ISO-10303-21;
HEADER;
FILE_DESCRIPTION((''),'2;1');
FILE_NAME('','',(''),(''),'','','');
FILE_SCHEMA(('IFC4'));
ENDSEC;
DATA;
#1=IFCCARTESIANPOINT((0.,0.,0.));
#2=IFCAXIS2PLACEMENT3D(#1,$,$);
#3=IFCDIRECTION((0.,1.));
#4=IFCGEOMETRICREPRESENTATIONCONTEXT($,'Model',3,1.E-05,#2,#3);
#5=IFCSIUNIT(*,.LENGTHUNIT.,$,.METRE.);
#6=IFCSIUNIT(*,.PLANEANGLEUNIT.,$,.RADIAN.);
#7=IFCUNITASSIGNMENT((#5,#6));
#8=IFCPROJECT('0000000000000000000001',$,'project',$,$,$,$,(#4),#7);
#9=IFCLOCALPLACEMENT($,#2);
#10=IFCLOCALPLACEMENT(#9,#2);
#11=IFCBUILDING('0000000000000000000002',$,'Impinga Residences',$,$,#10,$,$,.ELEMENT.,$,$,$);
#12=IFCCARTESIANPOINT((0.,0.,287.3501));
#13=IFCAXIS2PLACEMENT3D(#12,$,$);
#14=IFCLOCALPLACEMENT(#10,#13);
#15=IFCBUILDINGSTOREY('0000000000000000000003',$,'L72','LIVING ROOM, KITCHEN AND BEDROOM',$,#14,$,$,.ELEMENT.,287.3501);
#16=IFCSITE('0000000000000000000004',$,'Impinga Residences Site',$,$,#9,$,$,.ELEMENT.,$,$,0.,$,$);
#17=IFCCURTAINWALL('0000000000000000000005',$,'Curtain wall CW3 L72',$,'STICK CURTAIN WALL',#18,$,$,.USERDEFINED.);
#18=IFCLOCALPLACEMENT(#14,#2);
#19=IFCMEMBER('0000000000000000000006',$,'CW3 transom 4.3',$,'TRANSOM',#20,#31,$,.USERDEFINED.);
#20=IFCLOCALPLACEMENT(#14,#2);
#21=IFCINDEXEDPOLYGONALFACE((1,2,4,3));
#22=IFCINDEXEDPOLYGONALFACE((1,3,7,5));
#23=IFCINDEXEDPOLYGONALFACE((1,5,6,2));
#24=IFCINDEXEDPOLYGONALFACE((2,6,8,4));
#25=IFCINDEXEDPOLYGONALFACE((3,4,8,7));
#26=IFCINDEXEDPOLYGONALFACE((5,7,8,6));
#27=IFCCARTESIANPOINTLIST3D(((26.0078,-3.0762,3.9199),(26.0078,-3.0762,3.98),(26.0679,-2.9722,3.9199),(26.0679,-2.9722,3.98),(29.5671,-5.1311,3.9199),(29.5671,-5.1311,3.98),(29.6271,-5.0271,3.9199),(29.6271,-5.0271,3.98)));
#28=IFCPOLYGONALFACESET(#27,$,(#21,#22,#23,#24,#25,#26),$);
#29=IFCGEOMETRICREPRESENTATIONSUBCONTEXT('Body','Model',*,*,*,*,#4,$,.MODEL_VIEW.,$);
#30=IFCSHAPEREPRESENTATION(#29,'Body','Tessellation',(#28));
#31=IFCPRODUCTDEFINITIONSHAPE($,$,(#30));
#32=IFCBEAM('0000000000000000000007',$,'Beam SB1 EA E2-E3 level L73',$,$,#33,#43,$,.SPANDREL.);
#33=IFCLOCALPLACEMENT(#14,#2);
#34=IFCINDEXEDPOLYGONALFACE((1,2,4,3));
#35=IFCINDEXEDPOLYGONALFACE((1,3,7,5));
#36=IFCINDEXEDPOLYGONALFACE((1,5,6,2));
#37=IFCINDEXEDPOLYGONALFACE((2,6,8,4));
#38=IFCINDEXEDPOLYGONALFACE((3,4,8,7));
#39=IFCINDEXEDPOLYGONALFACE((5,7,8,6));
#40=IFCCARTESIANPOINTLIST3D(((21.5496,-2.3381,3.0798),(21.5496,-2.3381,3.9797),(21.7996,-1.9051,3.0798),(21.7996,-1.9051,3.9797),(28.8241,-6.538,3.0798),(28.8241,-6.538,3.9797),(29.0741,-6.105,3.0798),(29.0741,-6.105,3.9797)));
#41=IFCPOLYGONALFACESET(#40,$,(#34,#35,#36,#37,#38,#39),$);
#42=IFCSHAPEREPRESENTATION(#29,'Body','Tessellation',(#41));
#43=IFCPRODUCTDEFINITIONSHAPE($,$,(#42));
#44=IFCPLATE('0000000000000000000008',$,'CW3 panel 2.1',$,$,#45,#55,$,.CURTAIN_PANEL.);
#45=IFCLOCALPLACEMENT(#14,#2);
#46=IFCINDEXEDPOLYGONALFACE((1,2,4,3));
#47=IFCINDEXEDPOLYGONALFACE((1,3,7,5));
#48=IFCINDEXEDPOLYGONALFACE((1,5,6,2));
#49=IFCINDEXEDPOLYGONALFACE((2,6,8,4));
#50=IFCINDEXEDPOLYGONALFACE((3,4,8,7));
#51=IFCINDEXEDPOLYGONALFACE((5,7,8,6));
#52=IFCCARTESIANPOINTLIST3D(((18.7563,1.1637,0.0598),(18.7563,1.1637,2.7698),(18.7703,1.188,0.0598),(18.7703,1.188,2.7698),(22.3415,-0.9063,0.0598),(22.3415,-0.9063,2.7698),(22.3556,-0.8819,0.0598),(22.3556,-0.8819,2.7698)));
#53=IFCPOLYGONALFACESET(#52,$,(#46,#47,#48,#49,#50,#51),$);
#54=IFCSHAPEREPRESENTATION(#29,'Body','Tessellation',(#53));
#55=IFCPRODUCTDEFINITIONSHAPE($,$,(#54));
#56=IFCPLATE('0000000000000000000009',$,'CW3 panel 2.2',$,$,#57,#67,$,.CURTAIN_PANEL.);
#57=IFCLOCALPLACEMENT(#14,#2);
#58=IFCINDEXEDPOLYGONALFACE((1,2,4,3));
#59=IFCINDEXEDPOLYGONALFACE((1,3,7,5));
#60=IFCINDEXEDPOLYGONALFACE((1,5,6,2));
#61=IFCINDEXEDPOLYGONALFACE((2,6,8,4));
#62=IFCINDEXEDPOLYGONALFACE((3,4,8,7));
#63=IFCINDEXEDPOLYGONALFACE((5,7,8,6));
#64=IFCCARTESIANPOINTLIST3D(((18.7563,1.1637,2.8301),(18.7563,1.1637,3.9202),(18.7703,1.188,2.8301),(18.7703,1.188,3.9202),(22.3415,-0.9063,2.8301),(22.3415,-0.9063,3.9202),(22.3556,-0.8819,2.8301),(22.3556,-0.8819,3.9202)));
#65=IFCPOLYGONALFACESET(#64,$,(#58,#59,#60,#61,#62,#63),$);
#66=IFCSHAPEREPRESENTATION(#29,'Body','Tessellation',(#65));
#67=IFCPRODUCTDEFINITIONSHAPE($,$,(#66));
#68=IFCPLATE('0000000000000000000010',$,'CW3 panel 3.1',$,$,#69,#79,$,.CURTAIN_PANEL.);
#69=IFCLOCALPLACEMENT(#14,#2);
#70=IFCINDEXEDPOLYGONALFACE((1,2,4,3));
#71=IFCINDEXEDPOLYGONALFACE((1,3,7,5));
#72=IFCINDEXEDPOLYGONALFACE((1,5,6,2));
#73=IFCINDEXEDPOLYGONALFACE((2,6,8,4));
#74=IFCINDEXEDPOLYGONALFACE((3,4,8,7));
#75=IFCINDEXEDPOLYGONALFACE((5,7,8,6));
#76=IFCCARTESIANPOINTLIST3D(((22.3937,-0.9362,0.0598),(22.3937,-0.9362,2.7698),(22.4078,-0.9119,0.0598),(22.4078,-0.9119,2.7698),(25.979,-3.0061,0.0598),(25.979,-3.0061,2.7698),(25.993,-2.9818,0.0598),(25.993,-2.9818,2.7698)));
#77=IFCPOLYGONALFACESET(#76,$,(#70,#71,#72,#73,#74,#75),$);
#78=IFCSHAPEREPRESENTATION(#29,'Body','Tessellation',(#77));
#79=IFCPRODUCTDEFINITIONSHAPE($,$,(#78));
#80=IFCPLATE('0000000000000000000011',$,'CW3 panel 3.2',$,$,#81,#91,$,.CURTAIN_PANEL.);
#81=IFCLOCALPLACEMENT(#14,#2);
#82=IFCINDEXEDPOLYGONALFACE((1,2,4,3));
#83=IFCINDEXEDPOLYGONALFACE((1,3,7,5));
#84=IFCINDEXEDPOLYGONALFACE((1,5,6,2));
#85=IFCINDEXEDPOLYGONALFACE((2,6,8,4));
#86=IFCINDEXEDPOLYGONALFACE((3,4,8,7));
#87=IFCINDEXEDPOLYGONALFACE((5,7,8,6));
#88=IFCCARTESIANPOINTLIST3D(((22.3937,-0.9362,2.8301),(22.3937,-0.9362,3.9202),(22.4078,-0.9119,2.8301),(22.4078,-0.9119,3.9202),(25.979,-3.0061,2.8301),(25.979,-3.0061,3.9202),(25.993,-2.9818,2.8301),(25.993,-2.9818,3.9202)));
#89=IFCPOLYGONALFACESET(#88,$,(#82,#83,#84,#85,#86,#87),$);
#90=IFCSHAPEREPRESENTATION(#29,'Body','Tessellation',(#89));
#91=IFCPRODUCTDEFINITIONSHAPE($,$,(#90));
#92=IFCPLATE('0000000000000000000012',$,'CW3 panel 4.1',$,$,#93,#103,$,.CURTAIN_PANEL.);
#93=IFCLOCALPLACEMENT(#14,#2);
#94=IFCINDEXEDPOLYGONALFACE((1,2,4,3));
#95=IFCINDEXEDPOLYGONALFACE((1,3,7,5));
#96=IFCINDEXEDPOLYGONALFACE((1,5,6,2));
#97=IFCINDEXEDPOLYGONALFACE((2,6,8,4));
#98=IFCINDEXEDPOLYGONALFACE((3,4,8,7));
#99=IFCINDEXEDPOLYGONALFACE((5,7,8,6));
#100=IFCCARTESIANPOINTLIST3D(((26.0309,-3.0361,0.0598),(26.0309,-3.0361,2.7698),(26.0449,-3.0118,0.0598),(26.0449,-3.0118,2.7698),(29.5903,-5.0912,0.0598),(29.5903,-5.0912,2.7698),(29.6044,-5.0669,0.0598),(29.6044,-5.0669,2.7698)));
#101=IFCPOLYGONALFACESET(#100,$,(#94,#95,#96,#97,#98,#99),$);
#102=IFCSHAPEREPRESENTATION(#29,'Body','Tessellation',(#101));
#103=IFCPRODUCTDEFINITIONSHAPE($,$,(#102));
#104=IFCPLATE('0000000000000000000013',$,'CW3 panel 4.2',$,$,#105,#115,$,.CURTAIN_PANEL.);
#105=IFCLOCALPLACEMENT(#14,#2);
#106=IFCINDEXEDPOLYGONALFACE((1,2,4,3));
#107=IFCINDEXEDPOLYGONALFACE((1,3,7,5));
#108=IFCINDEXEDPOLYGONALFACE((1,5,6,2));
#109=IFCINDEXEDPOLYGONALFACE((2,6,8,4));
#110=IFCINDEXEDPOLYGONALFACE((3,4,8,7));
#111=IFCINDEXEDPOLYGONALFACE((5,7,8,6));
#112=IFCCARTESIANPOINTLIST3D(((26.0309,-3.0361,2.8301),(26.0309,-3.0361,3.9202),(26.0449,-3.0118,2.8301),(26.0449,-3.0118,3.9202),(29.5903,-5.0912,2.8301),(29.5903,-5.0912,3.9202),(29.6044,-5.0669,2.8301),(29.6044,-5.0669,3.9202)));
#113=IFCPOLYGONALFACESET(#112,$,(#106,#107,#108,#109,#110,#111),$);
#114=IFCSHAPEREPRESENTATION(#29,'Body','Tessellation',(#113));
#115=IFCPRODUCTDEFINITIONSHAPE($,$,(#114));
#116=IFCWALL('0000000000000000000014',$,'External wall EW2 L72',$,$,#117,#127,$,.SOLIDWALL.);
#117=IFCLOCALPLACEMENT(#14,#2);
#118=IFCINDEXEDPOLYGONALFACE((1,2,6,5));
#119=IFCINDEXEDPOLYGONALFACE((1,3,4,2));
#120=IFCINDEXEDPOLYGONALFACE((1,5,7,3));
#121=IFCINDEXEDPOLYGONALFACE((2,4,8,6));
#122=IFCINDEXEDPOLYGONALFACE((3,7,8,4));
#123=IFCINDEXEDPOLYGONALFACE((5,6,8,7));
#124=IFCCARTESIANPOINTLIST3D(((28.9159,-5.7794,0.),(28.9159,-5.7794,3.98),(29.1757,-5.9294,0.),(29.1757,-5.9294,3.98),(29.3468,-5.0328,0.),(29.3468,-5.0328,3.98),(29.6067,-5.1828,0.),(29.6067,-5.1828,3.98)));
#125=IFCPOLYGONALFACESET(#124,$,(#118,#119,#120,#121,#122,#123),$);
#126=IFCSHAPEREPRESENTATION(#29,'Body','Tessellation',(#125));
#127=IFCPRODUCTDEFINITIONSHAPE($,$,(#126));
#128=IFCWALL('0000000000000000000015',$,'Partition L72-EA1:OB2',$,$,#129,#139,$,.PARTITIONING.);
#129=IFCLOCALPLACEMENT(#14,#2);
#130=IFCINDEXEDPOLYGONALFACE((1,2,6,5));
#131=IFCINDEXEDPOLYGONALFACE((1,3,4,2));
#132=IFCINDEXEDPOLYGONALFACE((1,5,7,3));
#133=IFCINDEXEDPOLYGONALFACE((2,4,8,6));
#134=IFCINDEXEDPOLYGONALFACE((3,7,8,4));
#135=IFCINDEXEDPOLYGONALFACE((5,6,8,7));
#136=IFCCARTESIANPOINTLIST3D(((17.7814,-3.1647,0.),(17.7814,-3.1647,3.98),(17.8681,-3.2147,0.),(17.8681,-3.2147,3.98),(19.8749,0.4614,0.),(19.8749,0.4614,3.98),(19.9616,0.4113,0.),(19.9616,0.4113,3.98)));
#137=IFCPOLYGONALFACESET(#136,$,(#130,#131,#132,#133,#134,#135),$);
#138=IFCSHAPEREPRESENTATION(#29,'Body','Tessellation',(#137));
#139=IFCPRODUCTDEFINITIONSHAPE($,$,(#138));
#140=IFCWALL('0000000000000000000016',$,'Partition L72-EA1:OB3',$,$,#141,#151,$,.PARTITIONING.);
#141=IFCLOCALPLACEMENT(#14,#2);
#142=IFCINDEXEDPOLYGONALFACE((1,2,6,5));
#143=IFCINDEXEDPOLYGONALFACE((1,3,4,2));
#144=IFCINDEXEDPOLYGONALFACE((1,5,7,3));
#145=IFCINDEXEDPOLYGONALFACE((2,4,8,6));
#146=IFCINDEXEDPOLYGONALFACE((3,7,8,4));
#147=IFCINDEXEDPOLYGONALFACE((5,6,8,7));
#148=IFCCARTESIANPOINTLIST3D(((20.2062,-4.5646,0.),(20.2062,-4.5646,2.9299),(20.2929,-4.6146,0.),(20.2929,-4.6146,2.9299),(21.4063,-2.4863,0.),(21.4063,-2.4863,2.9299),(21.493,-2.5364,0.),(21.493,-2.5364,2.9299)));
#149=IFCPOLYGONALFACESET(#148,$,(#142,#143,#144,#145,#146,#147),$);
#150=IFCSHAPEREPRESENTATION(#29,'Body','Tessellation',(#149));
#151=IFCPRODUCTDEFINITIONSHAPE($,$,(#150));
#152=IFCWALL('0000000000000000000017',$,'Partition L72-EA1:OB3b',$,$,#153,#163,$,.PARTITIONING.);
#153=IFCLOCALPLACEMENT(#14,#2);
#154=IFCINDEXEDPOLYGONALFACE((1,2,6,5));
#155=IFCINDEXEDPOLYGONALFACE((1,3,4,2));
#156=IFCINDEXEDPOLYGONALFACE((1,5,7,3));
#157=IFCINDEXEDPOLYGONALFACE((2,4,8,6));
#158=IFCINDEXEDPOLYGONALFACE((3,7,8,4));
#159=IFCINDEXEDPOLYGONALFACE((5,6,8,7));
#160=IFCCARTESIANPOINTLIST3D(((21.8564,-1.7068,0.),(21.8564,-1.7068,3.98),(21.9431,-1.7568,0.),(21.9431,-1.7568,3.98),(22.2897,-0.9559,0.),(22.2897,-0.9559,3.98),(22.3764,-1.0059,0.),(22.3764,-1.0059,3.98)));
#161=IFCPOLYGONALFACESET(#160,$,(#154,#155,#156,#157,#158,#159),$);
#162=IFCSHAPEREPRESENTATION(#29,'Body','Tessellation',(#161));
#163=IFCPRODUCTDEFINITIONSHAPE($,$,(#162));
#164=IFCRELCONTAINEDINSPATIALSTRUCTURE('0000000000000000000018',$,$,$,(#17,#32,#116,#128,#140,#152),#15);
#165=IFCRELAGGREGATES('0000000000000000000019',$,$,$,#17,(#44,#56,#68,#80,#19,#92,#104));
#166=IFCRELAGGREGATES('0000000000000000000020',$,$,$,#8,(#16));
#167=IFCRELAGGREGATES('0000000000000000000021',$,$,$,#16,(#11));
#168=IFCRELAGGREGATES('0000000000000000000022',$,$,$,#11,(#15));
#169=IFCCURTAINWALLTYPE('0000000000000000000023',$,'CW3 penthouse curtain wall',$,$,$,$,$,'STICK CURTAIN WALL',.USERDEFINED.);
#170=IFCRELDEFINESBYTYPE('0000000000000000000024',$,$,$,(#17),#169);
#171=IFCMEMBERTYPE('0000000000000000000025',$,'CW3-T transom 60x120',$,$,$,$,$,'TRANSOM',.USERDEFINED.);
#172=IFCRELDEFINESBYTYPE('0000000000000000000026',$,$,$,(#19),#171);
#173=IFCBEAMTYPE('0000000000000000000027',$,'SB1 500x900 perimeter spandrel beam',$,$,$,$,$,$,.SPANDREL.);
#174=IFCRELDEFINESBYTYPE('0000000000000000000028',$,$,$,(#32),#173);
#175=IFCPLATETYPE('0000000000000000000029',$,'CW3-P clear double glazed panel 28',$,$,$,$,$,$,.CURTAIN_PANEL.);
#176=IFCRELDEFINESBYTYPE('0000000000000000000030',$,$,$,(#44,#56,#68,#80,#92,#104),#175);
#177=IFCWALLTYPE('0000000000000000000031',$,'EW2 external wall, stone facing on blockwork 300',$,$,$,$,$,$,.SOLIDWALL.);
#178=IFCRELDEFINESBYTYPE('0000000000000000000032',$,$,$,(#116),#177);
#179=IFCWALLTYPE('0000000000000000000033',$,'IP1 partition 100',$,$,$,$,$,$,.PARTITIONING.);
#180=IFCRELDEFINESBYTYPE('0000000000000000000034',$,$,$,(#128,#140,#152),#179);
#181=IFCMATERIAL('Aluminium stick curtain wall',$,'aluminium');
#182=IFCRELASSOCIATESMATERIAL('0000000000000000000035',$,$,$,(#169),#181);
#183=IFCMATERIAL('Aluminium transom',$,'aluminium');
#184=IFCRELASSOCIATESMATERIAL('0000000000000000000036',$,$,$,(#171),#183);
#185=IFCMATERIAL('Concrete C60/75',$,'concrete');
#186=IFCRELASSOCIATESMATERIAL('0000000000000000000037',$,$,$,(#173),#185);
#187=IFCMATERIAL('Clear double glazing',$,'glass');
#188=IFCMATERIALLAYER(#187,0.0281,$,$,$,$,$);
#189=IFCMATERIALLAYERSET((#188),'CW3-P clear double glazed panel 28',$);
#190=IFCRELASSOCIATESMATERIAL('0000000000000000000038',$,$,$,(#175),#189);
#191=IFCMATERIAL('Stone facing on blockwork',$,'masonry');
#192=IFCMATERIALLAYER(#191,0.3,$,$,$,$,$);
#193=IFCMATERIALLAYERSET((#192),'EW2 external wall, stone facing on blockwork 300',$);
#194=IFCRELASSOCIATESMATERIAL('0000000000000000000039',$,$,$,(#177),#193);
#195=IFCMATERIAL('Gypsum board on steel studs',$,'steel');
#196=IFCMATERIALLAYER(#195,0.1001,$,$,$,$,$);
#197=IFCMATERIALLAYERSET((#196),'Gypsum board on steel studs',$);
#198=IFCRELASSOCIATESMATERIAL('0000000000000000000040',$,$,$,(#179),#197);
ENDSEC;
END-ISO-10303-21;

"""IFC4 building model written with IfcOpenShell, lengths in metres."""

from ifc_helpers import new_model, si_unit, direction, frame, frame_2d, origin, origin_2d, place, context, subcontext, project, spatial, rectangle, extrude, material, layer, layer_set, material_profile, profile_set, type_object, element, aggregate, save


model = new_model("IFC4")

# Units and contexts
model_context = context("Model", 3, precision=1e-05, world=origin(), true_north=direction((0.0, 1.0)))
body_context = subcontext(model_context, "Body", "Model", "MODEL_VIEW")
ifc_project = project(units=[si_unit("LENGTHUNIT", "METRE"), si_unit("PLANEANGLEUNIT", "RADIAN")], contexts=[model_context])

# Site, building, storey
site_placement = place(None, origin())
site = spatial("IfcSite", under=ifc_project, at=site_placement, Name="Impinga Residences Site", CompositionType="ELEMENT", RefElevation=0.0)
building_placement = place(site_placement, origin())
building = spatial("IfcBuilding", under=site, at=building_placement, Name="Impinga Residences", CompositionType="ELEMENT")
storey_placement = place(building_placement, frame((0.0, 0.0, 287.3501)))
storey = spatial("IfcBuildingStorey", under=building, at=storey_placement, Name="L72", Description="LIVING ROOM, KITCHEN AND BEDROOM", CompositionType="ELEMENT", Elevation=287.3501)

# Shared definitions
ifc_material_1 = material(Name="Concrete C60/75", Category="concrete")

# Curtain wall, member
ifc_material_2 = material(Name="Aluminium stick curtain wall", Category="aluminium")
curtain_wall_type = type_object("IfcCurtainWallType", Name="CW3 penthouse curtain wall", ElementType="STICK CURTAIN WALL", PredefinedType="USERDEFINED", material=ifc_material_2)
curtain_wall_placement = place(storey_placement, origin())
curtain_wall = element("IfcCurtainWall", 1, at=curtain_wall_placement, inside=storey, type_object=curtain_wall_type, Name="Curtain wall CW3 L72", ObjectType="STICK CURTAIN WALL", PredefinedType="USERDEFINED")
ifc_material_3 = material(Name="Aluminium transom", Category="aluminium")
ifc_material_profile_1 = material_profile(ifc_material_3, rectangle(XDim=0.0601, YDim=0.1201, at=origin_2d()), Name="60x120 transom")
ifc_profile_set_1 = profile_set([ifc_material_profile_1], Name="Aluminium transom")
member_type_1 = type_object("IfcMemberType", Name="CW3-T transom 60x120", ElementType="TRANSOM", PredefinedType="USERDEFINED", material=ifc_profile_set_1)
member_1_placement = place(storey_placement, frame((26.0378, -3.0242, 3.95), z_axis=(0.86603, -0.499992, 0.0), x_axis=(0.0, 0.0, 1.0)))
member_1 = element("IfcMember", 2, at=member_1_placement, type_object=member_type_1, Name="CW3 transom 4.3", ObjectType="TRANSOM", PredefinedType="USERDEFINED", context=body_context, shape_type="SweptSolid", body=[
    extrude(rectangle(XDim=0.0601, YDim=0.1201, at=origin_2d()), origin(), (0.0, 0.0, 1.0), 4.1099),
])

# Beam
ifc_material_profile_2 = material_profile(ifc_material_1, rectangle(XDim=0.5, YDim=0.8999, at=origin_2d()), Name="RC 500x900")
ifc_profile_set_2 = profile_set([ifc_material_profile_2], Name="Concrete C60/75")
beam_type_1 = type_object("IfcBeamType", Name="SB1 500x900 perimeter spandrel beam", PredefinedType="SPANDREL", material=ifc_profile_set_2)
beam_1_placement = place(storey_placement, frame((21.6746, -2.1216, 3.5298), z_axis=(0.866029, -0.499993, 0.0), x_axis=(0.499993, 0.866029, 0.0)))
element("IfcBeam", 3, at=beam_1_placement, inside=storey, type_object=beam_type_1, Name="Beam SB1 EA E2-E3 level L73", PredefinedType="SPANDREL", context=body_context, shape_type="SweptSolid", body=[
    extrude(rectangle(XDim=0.5, YDim=0.8999, at=origin_2d()), origin(), (0.0, 0.0, 1.0), 8.3999),
])

# Plates
ifc_material_4 = material(Name="Clear double glazing", Category="glass")
ifc_layer_1 = layer(ifc_material_4, 0.0281)
ifc_layer_set_1 = layer_set([ifc_layer_1], Name="CW3-P clear double glazed panel 28")
plate_type = type_object("IfcPlateType", Name="CW3-P clear double glazed panel 28", PredefinedType="CURTAIN_PANEL", material=ifc_layer_set_1)
plate_1_placement = place(storey_placement, frame((20.5559, 0.1409, 0.0598), z_axis=(0.0, 0.0, 1.0), x_axis=(0.866025, -0.5, 0.0)))
plate_1 = element("IfcPlate", 4, at=plate_1_placement, type_object=plate_type, Name="CW3 panel 2.1", PredefinedType="CURTAIN_PANEL", context=body_context, shape_type="SweptSolid", body=[
    extrude(rectangle(XDim=4.1399, YDim=0.0281, at=origin_2d()), origin(), (0.0, 0.0, 1.0), 2.71),
])
plate_2_placement = place(storey_placement, frame((20.5559, 0.1409, 2.8301), z_axis=(0.0, 0.0, 1.0), x_axis=(0.866025, -0.5, 0.0)))
plate_2 = element("IfcPlate", 5, at=plate_2_placement, type_object=plate_type, Name="CW3 panel 2.2", PredefinedType="CURTAIN_PANEL", context=body_context, shape_type="SweptSolid", body=[
    extrude(rectangle(XDim=4.1399, YDim=0.0281, at=origin_2d()), origin(), (0.0, 0.0, 1.0), 1.0901),
])
plate_3_placement = place(storey_placement, frame((24.1934, -1.959, 0.0598), z_axis=(0.0, 0.0, 1.0), x_axis=(0.866025, -0.5, 0.0)))
plate_3 = element("IfcPlate", 6, at=plate_3_placement, type_object=plate_type, Name="CW3 panel 3.1", PredefinedType="CURTAIN_PANEL", context=body_context, shape_type="SweptSolid", body=[
    extrude(rectangle(XDim=4.1399, YDim=0.0281, at=origin_2d()), origin(), (0.0, 0.0, 1.0), 2.71),
])
plate_4_placement = place(storey_placement, frame((24.1934, -1.959, 2.8301), z_axis=(0.0, 0.0, 1.0), x_axis=(0.866025, -0.5, 0.0)))
plate_4 = element("IfcPlate", 7, at=plate_4_placement, type_object=plate_type, Name="CW3 panel 3.2", PredefinedType="CURTAIN_PANEL", context=body_context, shape_type="SweptSolid", body=[
    extrude(rectangle(XDim=4.1399, YDim=0.0281, at=origin_2d()), origin(), (0.0, 0.0, 1.0), 1.0901),
])
plate_5_placement = place(storey_placement, frame((27.8176, -4.0515, 0.0598), z_axis=(0.0, 0.0, 1.0), x_axis=(0.866025, -0.5, 0.0)))
plate_5 = element("IfcPlate", 8, at=plate_5_placement, type_object=plate_type, Name="CW3 panel 4.1", PredefinedType="CURTAIN_PANEL", context=body_context, shape_type="SweptSolid", body=[
    extrude(rectangle(XDim=4.1101, YDim=0.0281, at=origin_2d()), origin(), (0.0, 0.0, 1.0), 2.71),
])
plate_6_placement = place(storey_placement, frame((27.8176, -4.0515, 2.8301), z_axis=(0.0, 0.0, 1.0), x_axis=(0.866025, -0.5, 0.0)))
plate_6 = element("IfcPlate", 9, at=plate_6_placement, type_object=plate_type, Name="CW3 panel 4.2", PredefinedType="CURTAIN_PANEL", context=body_context, shape_type="SweptSolid", body=[
    extrude(rectangle(XDim=4.1101, YDim=0.0281, at=origin_2d()), origin(), (0.0, 0.0, 1.0), 1.0901),
])
aggregate(curtain_wall, [plate_1, plate_2, plate_3, plate_4, member_1, plate_5, plate_6])

# Walls
ifc_material_5 = material(Name="Stone facing on blockwork", Category="masonry")
ifc_layer_2 = layer(ifc_material_5, 0.3)
ifc_layer_set_2 = layer_set([ifc_layer_2], Name="EW2 external wall, stone facing on blockwork 300")
wall_type_1 = type_object("IfcWallType", Name="EW2 external wall, stone facing on blockwork 300", PredefinedType="SOLIDWALL", material=ifc_layer_set_2)
wall_1_placement = place(storey_placement, frame((29.4768, -5.1077, 0.0), z_axis=(0.0, 0.0, 1.0), x_axis=(-0.499886, -0.866091, 0.0)))
element("IfcWall", 10, at=wall_1_placement, inside=storey, type_object=wall_type_1, Name="External wall EW2 L72", PredefinedType="SOLIDWALL", context=body_context, shape_type="SweptSolid", body=[
    extrude(rectangle(XDim=0.8621, YDim=0.3, at=frame_2d((0.4312, 0.0))), origin(), (0.0, 0.0, 1.0), 3.98),
])
ifc_material_6 = material(Name="Gypsum board on steel studs", Category="steel")
ifc_layer_3 = layer(ifc_material_6, 0.1001)
ifc_layer_set_3 = layer_set([ifc_layer_3], Name="Gypsum board on steel studs")
wall_type_2 = type_object("IfcWallType", Name="IP1 partition 100", PredefinedType="PARTITIONING", material=ifc_layer_set_3)
wall_2_placement = place(storey_placement, frame((17.8247, -3.1897, 0.0), z_axis=(0.0, 0.0, 1.0), x_axis=(0.500008, 0.866021, 0.0)))
element("IfcWall", 11, at=wall_2_placement, inside=storey, type_object=wall_type_2, Name="Partition L72-EA1:OB2", PredefinedType="PARTITIONING", context=body_context, shape_type="SweptSolid", body=[
    extrude(rectangle(XDim=4.187, YDim=0.1001, at=frame_2d((2.0935, 0.0))), origin(), (0.0, 0.0, 1.0), 3.98),
])
wall_3_placement = place(storey_placement, frame((20.2495, -4.5896, 0.0), z_axis=(0.0, 0.0, 1.0), x_axis=(0.500078, 0.865981, 0.0)))
element("IfcWall", 12, at=wall_3_placement, inside=storey, type_object=wall_type_2, Name="Partition L72-EA1:OB3", PredefinedType="PARTITIONING", context=body_context, shape_type="SweptSolid", body=[
    extrude(rectangle(XDim=2.3999, YDim=0.1001, at=frame_2d((1.2, 0.0))), origin(), (0.0, 0.0, 1.0), 2.9299),
])
wall_4_placement = place(storey_placement, frame((21.8997, -1.7319, 0.0), z_axis=(0.0, 0.0, 1.0), x_axis=(0.499804, 0.866139, 0.0)))
element("IfcWall", 13, at=wall_4_placement, inside=storey, type_object=wall_type_2, Name="Partition L72-EA1:OB3b", PredefinedType="PARTITIONING", context=body_context, shape_type="SweptSolid", body=[
    extrude(rectangle(XDim=0.8669, YDim=0.1001, at=frame_2d((0.4336, 0.0))), origin(), (0.0, 0.0, 1.0), 3.98),
])

save(model, "model.ifc")
